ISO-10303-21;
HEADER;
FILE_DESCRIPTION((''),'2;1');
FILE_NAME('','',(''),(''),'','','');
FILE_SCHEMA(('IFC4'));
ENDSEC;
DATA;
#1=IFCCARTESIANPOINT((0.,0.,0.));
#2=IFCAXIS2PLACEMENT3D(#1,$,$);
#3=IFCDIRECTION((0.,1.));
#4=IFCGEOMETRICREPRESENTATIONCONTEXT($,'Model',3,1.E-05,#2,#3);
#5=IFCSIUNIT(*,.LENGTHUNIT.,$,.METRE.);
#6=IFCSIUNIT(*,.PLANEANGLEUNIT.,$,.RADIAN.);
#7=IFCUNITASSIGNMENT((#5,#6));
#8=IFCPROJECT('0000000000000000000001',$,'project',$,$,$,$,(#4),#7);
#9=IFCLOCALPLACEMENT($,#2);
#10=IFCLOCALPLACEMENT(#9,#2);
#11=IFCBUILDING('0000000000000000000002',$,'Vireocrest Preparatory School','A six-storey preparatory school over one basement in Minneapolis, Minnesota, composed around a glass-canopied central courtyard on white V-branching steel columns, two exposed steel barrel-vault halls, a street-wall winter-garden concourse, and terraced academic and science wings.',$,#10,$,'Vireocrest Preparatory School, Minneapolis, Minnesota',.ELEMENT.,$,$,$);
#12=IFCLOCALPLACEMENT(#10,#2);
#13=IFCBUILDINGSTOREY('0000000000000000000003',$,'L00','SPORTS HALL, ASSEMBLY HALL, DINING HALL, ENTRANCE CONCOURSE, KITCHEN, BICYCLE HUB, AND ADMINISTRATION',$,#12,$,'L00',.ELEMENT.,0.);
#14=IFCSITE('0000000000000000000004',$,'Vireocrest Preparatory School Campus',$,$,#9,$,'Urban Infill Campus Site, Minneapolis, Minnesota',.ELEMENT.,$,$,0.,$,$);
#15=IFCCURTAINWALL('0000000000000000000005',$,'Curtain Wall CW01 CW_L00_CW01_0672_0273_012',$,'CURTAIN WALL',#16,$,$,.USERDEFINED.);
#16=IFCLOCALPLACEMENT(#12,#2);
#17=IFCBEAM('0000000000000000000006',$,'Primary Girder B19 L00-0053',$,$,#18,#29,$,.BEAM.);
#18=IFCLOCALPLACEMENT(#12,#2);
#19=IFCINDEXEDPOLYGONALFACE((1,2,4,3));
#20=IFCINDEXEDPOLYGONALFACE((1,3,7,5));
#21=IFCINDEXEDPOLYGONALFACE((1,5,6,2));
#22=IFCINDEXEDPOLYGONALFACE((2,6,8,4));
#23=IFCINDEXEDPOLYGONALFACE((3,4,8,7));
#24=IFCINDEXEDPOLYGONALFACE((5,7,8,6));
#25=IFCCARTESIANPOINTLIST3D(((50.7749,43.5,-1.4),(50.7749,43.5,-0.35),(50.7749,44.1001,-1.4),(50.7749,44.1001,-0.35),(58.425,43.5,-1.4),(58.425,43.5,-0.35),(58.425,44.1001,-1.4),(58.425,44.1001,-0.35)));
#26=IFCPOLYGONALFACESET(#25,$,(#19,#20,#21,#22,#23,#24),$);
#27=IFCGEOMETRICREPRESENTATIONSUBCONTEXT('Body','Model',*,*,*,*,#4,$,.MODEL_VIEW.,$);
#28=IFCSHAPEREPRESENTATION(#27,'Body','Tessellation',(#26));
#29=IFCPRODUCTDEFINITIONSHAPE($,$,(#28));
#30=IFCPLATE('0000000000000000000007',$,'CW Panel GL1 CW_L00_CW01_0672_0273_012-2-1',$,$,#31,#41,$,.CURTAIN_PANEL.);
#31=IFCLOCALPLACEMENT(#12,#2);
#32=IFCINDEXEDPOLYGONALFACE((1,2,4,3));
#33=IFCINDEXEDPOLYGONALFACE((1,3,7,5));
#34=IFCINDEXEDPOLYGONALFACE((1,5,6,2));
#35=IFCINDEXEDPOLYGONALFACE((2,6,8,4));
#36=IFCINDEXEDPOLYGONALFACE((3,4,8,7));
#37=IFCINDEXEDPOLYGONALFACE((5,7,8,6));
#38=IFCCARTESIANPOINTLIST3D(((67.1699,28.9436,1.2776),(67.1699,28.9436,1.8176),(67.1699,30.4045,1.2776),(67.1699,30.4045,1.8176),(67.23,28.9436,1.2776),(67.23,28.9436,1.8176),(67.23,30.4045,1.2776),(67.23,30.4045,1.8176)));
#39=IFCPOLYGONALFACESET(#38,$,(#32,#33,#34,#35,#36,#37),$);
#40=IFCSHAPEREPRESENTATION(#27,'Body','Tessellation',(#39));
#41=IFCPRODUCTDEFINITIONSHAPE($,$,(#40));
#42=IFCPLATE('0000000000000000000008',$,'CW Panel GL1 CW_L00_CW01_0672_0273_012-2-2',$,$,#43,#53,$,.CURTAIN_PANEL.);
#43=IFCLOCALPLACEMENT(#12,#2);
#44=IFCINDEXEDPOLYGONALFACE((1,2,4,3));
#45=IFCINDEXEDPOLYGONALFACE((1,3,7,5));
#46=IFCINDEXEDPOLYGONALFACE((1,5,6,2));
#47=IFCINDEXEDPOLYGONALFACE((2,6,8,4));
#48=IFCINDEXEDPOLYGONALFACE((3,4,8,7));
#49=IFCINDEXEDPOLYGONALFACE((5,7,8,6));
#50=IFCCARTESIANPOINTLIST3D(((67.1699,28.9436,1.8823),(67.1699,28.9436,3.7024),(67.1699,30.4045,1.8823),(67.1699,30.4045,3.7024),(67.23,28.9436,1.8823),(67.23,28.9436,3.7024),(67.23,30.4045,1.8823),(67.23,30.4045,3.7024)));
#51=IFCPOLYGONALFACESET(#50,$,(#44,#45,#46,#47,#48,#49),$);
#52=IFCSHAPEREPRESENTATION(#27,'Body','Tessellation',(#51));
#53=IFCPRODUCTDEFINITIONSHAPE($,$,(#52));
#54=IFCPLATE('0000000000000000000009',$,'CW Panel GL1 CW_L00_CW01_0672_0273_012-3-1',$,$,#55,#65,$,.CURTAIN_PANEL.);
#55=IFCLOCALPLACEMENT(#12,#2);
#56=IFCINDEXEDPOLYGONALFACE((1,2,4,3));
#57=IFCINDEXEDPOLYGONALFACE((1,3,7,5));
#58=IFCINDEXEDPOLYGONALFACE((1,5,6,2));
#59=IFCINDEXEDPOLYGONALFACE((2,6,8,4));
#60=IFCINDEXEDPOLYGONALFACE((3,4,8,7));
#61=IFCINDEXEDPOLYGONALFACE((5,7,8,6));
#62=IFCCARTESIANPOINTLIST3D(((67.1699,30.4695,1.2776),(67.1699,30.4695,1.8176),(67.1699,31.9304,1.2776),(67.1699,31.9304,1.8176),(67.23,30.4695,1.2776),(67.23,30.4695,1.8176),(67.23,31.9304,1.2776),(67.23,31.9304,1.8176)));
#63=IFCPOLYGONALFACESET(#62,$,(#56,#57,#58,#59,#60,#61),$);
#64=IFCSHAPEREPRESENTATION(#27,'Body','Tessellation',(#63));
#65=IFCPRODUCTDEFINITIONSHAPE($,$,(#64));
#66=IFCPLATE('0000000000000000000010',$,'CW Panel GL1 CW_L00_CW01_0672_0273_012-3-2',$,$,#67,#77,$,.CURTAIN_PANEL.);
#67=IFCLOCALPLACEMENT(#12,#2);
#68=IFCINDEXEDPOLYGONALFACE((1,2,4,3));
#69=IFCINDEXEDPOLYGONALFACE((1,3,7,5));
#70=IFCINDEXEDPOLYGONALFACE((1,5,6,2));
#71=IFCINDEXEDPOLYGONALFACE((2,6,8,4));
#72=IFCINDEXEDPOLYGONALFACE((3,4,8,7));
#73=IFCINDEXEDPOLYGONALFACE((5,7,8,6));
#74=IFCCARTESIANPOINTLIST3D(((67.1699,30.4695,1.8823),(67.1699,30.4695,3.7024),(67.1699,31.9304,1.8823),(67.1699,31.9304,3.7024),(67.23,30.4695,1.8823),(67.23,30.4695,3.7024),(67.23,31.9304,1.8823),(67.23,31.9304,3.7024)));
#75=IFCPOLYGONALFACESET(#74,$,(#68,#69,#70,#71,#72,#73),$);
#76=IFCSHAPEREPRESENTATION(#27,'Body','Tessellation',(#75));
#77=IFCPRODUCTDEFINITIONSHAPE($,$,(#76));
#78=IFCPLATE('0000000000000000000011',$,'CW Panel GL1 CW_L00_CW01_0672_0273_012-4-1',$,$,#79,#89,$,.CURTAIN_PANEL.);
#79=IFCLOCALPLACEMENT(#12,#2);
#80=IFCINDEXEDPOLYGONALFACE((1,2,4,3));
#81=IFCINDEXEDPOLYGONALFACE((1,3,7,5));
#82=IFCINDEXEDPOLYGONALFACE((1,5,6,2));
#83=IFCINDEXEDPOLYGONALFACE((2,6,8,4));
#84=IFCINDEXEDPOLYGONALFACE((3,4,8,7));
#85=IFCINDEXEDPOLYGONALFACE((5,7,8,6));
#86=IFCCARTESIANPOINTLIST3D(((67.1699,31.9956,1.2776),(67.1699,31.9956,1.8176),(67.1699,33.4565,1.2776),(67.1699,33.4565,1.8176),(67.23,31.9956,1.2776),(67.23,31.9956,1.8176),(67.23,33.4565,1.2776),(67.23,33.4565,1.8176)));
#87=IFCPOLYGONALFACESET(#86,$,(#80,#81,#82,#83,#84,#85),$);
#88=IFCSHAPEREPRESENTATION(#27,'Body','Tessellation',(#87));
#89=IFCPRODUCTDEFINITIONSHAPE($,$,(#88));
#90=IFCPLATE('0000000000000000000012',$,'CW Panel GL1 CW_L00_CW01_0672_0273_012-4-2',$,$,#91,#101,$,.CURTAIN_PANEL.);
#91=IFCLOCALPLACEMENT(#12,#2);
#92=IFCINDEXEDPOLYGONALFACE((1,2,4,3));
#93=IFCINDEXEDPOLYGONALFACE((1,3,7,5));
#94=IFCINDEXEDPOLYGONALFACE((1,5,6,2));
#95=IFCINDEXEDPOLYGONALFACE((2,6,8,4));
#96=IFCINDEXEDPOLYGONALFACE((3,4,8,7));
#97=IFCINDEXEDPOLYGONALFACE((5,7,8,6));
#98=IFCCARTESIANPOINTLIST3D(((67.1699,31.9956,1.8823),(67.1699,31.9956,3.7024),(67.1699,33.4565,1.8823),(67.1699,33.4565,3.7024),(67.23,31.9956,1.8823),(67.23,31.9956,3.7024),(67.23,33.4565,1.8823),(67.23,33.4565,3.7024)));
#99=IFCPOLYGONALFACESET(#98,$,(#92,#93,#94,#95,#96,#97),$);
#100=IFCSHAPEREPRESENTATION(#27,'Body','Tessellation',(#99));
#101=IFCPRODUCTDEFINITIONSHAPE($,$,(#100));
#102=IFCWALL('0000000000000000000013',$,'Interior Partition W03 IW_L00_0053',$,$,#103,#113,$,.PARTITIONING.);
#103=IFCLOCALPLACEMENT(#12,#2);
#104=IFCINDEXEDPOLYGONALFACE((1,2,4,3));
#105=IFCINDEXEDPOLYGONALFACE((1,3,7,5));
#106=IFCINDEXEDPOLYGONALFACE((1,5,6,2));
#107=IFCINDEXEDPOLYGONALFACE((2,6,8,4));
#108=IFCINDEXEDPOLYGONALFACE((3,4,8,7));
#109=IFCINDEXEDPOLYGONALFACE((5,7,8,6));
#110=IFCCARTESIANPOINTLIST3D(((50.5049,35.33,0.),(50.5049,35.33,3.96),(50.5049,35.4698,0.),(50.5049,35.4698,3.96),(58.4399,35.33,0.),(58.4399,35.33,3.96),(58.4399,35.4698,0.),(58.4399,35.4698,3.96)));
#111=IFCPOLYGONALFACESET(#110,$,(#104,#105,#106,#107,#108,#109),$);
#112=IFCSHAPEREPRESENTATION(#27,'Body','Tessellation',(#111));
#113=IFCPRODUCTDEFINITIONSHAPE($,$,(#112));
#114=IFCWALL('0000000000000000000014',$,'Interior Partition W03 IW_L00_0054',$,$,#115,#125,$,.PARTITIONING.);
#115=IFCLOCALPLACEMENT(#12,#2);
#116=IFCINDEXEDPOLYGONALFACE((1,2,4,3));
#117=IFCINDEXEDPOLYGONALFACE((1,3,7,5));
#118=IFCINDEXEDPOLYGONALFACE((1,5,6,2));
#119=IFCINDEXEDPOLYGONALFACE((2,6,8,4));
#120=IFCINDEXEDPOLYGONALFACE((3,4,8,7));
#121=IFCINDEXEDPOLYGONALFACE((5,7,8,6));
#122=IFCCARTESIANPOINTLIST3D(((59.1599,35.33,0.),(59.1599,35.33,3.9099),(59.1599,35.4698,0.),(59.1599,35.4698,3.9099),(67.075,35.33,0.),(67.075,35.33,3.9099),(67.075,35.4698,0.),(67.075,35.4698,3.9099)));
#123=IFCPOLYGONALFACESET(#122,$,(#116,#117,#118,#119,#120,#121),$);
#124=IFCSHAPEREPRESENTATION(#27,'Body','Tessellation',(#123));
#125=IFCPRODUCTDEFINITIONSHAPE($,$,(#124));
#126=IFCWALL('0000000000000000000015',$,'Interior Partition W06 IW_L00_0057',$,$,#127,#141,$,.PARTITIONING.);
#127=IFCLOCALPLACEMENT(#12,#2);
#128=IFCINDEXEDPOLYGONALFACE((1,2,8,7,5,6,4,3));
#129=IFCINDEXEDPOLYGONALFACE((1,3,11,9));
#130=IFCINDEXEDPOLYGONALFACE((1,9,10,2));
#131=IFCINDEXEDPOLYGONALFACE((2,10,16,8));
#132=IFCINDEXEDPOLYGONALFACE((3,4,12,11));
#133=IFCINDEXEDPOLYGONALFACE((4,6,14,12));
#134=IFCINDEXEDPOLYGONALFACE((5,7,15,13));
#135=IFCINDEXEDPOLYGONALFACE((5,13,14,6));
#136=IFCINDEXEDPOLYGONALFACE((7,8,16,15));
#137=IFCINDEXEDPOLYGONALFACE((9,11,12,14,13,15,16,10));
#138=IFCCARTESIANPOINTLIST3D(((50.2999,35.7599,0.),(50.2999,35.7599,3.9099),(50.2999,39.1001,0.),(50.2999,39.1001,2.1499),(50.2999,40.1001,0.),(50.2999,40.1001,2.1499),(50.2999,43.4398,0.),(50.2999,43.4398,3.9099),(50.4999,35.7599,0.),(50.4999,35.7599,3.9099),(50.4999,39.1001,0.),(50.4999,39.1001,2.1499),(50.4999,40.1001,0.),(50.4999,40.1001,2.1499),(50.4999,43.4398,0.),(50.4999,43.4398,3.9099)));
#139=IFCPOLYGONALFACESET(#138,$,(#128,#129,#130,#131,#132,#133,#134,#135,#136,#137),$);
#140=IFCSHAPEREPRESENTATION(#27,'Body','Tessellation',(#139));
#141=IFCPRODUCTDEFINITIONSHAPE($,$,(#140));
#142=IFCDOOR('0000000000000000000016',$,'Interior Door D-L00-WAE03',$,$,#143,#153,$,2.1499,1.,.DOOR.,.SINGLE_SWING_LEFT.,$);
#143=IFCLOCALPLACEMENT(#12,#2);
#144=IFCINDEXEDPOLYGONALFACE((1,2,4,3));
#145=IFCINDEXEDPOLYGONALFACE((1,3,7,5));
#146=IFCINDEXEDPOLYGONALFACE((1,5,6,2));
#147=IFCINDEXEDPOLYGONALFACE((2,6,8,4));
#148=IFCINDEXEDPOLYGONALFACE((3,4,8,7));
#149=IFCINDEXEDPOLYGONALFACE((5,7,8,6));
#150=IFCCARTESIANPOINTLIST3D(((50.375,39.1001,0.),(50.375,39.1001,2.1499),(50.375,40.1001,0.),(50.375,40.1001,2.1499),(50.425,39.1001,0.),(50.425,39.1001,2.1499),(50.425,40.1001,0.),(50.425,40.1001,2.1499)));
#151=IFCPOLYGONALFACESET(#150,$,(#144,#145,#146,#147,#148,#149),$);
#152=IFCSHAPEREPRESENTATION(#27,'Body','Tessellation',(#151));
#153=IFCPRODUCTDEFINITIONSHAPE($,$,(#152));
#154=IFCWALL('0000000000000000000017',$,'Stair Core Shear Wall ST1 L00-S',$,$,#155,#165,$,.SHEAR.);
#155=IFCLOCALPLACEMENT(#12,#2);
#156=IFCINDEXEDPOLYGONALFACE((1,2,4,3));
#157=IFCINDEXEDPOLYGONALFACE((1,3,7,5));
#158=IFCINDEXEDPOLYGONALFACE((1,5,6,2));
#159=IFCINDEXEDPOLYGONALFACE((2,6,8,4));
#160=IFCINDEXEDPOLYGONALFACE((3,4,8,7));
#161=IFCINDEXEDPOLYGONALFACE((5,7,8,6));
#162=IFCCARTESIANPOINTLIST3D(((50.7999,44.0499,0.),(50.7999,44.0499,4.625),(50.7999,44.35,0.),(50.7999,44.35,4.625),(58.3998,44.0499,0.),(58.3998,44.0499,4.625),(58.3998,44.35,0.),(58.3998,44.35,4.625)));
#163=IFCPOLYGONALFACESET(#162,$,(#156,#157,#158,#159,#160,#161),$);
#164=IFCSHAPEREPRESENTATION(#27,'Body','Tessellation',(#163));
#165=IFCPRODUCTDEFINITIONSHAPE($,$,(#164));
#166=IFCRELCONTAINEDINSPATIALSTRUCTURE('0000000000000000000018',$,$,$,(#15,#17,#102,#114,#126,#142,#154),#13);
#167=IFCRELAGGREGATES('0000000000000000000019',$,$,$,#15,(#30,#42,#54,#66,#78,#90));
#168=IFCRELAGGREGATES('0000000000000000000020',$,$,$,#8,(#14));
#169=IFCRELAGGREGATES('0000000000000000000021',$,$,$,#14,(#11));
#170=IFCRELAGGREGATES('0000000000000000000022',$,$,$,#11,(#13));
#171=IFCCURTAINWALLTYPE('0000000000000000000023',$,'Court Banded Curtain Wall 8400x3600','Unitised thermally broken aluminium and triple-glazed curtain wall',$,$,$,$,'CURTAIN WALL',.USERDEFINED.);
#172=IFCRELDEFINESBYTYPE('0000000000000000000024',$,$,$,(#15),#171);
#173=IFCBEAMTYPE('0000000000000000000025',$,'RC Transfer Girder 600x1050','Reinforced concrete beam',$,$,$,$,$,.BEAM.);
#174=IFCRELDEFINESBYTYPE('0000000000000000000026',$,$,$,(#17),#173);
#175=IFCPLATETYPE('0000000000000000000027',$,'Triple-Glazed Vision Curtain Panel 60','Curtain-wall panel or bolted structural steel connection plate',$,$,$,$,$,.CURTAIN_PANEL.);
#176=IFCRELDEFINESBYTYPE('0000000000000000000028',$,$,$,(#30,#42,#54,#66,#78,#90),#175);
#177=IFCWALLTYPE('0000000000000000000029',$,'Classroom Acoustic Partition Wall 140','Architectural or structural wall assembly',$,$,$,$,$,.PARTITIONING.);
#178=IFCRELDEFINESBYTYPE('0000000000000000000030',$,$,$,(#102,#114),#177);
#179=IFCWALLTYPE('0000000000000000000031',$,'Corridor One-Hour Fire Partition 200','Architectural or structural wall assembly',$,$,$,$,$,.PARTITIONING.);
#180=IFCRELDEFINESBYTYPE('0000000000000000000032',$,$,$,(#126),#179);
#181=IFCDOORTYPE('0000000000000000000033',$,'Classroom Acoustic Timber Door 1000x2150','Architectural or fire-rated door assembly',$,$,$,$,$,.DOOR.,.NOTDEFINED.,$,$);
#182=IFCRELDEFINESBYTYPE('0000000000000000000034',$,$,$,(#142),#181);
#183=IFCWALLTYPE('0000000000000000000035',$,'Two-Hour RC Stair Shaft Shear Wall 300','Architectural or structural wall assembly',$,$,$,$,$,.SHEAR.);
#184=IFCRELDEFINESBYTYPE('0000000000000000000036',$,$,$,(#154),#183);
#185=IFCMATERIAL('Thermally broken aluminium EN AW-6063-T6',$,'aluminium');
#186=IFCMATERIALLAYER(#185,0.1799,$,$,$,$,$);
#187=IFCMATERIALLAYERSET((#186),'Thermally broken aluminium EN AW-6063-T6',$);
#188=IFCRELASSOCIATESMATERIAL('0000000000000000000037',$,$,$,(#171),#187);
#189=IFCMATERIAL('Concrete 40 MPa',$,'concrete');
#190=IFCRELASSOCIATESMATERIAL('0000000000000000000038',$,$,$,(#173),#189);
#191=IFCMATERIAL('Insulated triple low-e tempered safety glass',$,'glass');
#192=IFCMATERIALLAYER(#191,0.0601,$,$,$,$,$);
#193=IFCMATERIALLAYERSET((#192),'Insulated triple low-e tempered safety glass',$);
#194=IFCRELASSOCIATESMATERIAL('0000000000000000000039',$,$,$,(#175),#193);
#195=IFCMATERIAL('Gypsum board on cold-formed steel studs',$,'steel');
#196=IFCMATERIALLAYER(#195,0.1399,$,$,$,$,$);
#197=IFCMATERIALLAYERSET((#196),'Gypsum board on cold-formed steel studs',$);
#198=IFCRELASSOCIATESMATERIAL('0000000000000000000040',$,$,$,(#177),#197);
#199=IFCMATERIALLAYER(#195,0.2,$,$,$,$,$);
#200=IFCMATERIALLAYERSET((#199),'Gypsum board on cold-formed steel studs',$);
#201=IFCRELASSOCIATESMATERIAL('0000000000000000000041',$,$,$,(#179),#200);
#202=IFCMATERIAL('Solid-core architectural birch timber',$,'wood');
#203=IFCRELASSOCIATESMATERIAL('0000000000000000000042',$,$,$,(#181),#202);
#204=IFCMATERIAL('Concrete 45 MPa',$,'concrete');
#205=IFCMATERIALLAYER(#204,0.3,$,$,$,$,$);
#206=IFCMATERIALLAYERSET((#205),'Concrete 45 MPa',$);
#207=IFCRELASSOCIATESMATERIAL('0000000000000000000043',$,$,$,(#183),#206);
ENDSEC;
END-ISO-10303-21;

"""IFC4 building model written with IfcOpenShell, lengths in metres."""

from ifc_helpers import new_model, si_unit, direction, frame, frame_2d, origin, origin_2d, place, context, subcontext, project, spatial, rectangle, extrude, material, layer, layer_set, material_profile, profile_set, type_object, element, fill, aggregate, save


model = new_model("IFC4")

# Units and contexts
model_context = context("Model", 3, precision=1e-05, world=origin(), true_north=direction((0.0, 1.0)))
body_context = subcontext(model_context, "Body", "Model", "MODEL_VIEW")
ifc_project = project(units=[si_unit("LENGTHUNIT", "METRE"), si_unit("PLANEANGLEUNIT", "RADIAN")], contexts=[model_context])

# Site, building, storey
site_placement = place(None, origin())
site = spatial("IfcSite", under=ifc_project, at=site_placement, Name="Vireocrest Preparatory School Campus", LongName="Urban Infill Campus Site, Minneapolis, Minnesota", CompositionType="ELEMENT", RefElevation=0.0)
building_placement = place(site_placement, origin())
building = spatial("IfcBuilding", under=site, at=building_placement, Name="Vireocrest Preparatory School", Description="A six-storey preparatory school over one basement in Minneapolis, Minnesota, composed around a glass-canopied central courtyard on white V-branching steel columns, two exposed steel barrel-vault halls, a street-wall winter-garden concourse, and terraced academic and science wings.", LongName="Vireocrest Preparatory School, Minneapolis, Minnesota", CompositionType="ELEMENT")
storey_placement = place(building_placement, origin())
storey = spatial("IfcBuildingStorey", under=building, at=storey_placement, Name="L00", Description="SPORTS HALL, ASSEMBLY HALL, DINING HALL, ENTRANCE CONCOURSE, KITCHEN, BICYCLE HUB, AND ADMINISTRATION", LongName="L00", CompositionType="ELEMENT", Elevation=0.0)

# Shared definitions
ifc_material_1 = material(Name="Concrete 45 MPa", Category="concrete")

# Curtain wall
ifc_material_2 = material(Name="Thermally broken aluminium EN AW-6063-T6", Category="aluminium")
ifc_layer_1 = layer(ifc_material_2, 0.1799)
ifc_layer_set_1 = layer_set([ifc_layer_1], Name="Thermally broken aluminium EN AW-6063-T6")
curtain_wall_type = type_object("IfcCurtainWallType", Name="Court Banded Curtain Wall 8400x3600", Description="Unitised thermally broken aluminium and triple-glazed curtain wall", ElementType="CURTAIN WALL", PredefinedType="USERDEFINED", material=ifc_layer_set_1)
curtain_wall_placement = place(storey_placement, origin())
curtain_wall = element("IfcCurtainWall", 1, at=curtain_wall_placement, inside=storey, type_object=curtain_wall_type, Name="Curtain Wall CW01 CW_L00_CW01_0672_0273_012", ObjectType="CURTAIN WALL", PredefinedType="USERDEFINED")

# Beam
ifc_material_3 = material(Name="Concrete 40 MPa", Category="concrete")
ifc_material_profile_1 = material_profile(ifc_material_3, rectangle(XDim=0.6001, YDim=1.05, at=origin_2d()), Name="RC 600x1050")
ifc_profile_set_1 = profile_set([ifc_material_profile_1], Name="Concrete 40 MPa")
beam_type_1 = type_object("IfcBeamType", Name="RC Transfer Girder 600x1050", Description="Reinforced concrete beam", PredefinedType="BEAM", material=ifc_profile_set_1)
beam_1_placement = place(storey_placement, frame((50.7749, 43.8, -0.875), z_axis=(1.0, 0.0, 0.0), x_axis=(0.0, 1.0, 0.0)))
element("IfcBeam", 2, at=beam_1_placement, inside=storey, type_object=beam_type_1, Name="Primary Girder B19 L00-0053", PredefinedType="BEAM", context=body_context, shape_type="SweptSolid", body=[
    extrude(rectangle(XDim=0.6001, YDim=1.05, at=origin_2d()), origin(), (0.0, 0.0, 1.0), 7.6501),
])

# Plates
ifc_material_4 = material(Name="Insulated triple low-e tempered safety glass", Category="glass")
ifc_layer_2 = layer(ifc_material_4, 0.0601)
ifc_layer_set_2 = layer_set([ifc_layer_2], Name="Insulated triple low-e tempered safety glass")
plate_type = type_object("IfcPlateType", Name="Triple-Glazed Vision Curtain Panel 60", Description="Curtain-wall panel or bolted structural steel connection plate", PredefinedType="CURTAIN_PANEL", material=ifc_layer_set_2)
plate_1_placement = place(storey_placement, frame((67.2, 29.6741, 1.2776), z_axis=(0.0, 0.0, 1.0), x_axis=(0.0, 1.0, 0.0)))
plate_1 = element("IfcPlate", 3, at=plate_1_placement, type_object=plate_type, Name="CW Panel GL1 CW_L00_CW01_0672_0273_012-2-1", PredefinedType="CURTAIN_PANEL", context=body_context, shape_type="SweptSolid", body=[
    extrude(rectangle(XDim=1.4609, YDim=0.0601, at=origin_2d()), origin(), (0.0, 0.0, 1.0), 0.54),
])
plate_2_placement = place(storey_placement, frame((67.2, 29.6741, 1.8823), z_axis=(0.0, 0.0, 1.0), x_axis=(0.0, 1.0, 0.0)))
plate_2 = element("IfcPlate", 4, at=plate_2_placement, type_object=plate_type, Name="CW Panel GL1 CW_L00_CW01_0672_0273_012-2-2", PredefinedType="CURTAIN_PANEL", context=body_context, shape_type="SweptSolid", body=[
    extrude(rectangle(XDim=1.4609, YDim=0.0601, at=origin_2d()), origin(), (0.0, 0.0, 1.0), 1.8201),
])
plate_3_placement = place(storey_placement, frame((67.2, 31.2, 1.2776), z_axis=(0.0, 0.0, 1.0), x_axis=(0.0, 1.0, 0.0)))
plate_3 = element("IfcPlate", 5, at=plate_3_placement, type_object=plate_type, Name="CW Panel GL1 CW_L00_CW01_0672_0273_012-3-1", PredefinedType="CURTAIN_PANEL", context=body_context, shape_type="SweptSolid", body=[
    extrude(rectangle(XDim=1.4609, YDim=0.0601, at=origin_2d()), origin(), (0.0, 0.0, 1.0), 0.54),
])
plate_4_placement = place(storey_placement, frame((67.2, 31.2, 1.8823), z_axis=(0.0, 0.0, 1.0), x_axis=(0.0, 1.0, 0.0)))
plate_4 = element("IfcPlate", 6, at=plate_4_placement, type_object=plate_type, Name="CW Panel GL1 CW_L00_CW01_0672_0273_012-3-2", PredefinedType="CURTAIN_PANEL", context=body_context, shape_type="SweptSolid", body=[
    extrude(rectangle(XDim=1.4609, YDim=0.0601, at=origin_2d()), origin(), (0.0, 0.0, 1.0), 1.8201),
])
plate_5_placement = place(storey_placement, frame((67.2, 32.7261, 1.2776), z_axis=(0.0, 0.0, 1.0), x_axis=(0.0, 1.0, 0.0)))
plate_5 = element("IfcPlate", 7, at=plate_5_placement, type_object=plate_type, Name="CW Panel GL1 CW_L00_CW01_0672_0273_012-4-1", PredefinedType="CURTAIN_PANEL", context=body_context, shape_type="SweptSolid", body=[
    extrude(rectangle(XDim=1.4609, YDim=0.0601, at=origin_2d()), origin(), (0.0, 0.0, 1.0), 0.54),
])
plate_6_placement = place(storey_placement, frame((67.2, 32.7261, 1.8823), z_axis=(0.0, 0.0, 1.0), x_axis=(0.0, 1.0, 0.0)))
plate_6 = element("IfcPlate", 8, at=plate_6_placement, type_object=plate_type, Name="CW Panel GL1 CW_L00_CW01_0672_0273_012-4-2", PredefinedType="CURTAIN_PANEL", context=body_context, shape_type="SweptSolid", body=[
    extrude(rectangle(XDim=1.4609, YDim=0.0601, at=origin_2d()), origin(), (0.0, 0.0, 1.0), 1.8201),
])
aggregate(curtain_wall, [plate_1, plate_2, plate_3, plate_4, plate_5, plate_6])

# Walls
ifc_material_5 = material(Name="Gypsum board on cold-formed steel studs", Category="steel")
ifc_layer_3 = layer(ifc_material_5, 0.1399)
ifc_layer_set_3 = layer_set([ifc_layer_3], Name="Gypsum board on cold-formed steel studs")
wall_type_1 = type_object("IfcWallType", Name="Classroom Acoustic Partition Wall 140", Description="Architectural or structural wall assembly", PredefinedType="PARTITIONING", material=ifc_layer_set_3)
wall_1_placement = place(storey_placement, frame((50.5049, 35.3999, 0.0), z_axis=(0.0, 0.0, 1.0), x_axis=(1.0, 0.0, 0.0)))
element("IfcWall", 9, at=wall_1_placement, inside=storey, type_object=wall_type_1, Name="Interior Partition W03 IW_L00_0053", PredefinedType="PARTITIONING", context=body_context, shape_type="SweptSolid", body=[
    extrude(rectangle(XDim=7.9351, YDim=0.1399, at=frame_2d((3.9675, 0.0))), origin(), (0.0, 0.0, 1.0), 3.96),
])
wall_2_placement = place(storey_placement, frame((59.1599, 35.3999, 0.0), z_axis=(0.0, 0.0, 1.0), x_axis=(1.0, 0.0, 0.0)))
element("IfcWall", 10, at=wall_2_placement, inside=storey, type_object=wall_type_1, Name="Interior Partition W03 IW_L00_0054", PredefinedType="PARTITIONING", context=body_context, shape_type="SweptSolid", body=[
    extrude(rectangle(XDim=7.915, YDim=0.1399, at=frame_2d((3.9575, 0.0))), origin(), (0.0, 0.0, 1.0), 3.9099),
])

# Wall, opening, door
ifc_layer_4 = layer(ifc_material_5, 0.2)
ifc_layer_set_4 = layer_set([ifc_layer_4], Name="Gypsum board on cold-formed steel studs")
wall_type_2 = type_object("IfcWallType", Name="Corridor One-Hour Fire Partition 200", Description="Architectural or structural wall assembly", PredefinedType="PARTITIONING", material=ifc_layer_set_4)
wall_3_placement = place(storey_placement, frame((50.3999, 35.76, 0.0), z_axis=(0.0, 0.0, 1.0), x_axis=(0.0, 1.0, 0.0)))
wall_3 = element("IfcWall", 11, at=wall_3_placement, inside=storey, type_object=wall_type_2, Name="Interior Partition W06 IW_L00_0057", PredefinedType="PARTITIONING", context=body_context, shape_type="SweptSolid", body=[
    extrude(rectangle(XDim=7.6799, YDim=0.2, at=frame_2d((3.8398, 0.0))), origin(), (0.0, 0.0, 1.0), 3.9099),
])
opening_placement = place(wall_3_placement, frame((3.3401, 0.0, 0.0)))
opening = element("IfcOpeningElement", 12, at=opening_placement, cuts=wall_3, PredefinedType="OPENING", context=body_context, shape_type="SweptSolid", body=[
    extrude(rectangle(XDim=1.0, YDim=2.1499, at=frame_2d((0.5, 1.075))), frame((0.0, 0.1099, 0.0), z_axis=(0.0, -1.0, 0.0), x_axis=(1.0, 0.0, 0.0)), (0.0, 0.0, 1.0), 0.22),
])
ifc_material_6 = material(Name="Solid-core architectural birch timber", Category="wood")
door_type = type_object("IfcDoorType", Name="Classroom Acoustic Timber Door 1000x2150", Description="Architectural or fire-rated door assembly", OperationType="NOTDEFINED", PredefinedType="DOOR", material=ifc_material_6)
door_placement = place(opening_placement, origin())
door = element("IfcDoor", 13, at=door_placement, inside=storey, type_object=door_type, Name="Interior Door D-L00-WAE03", OperationType="SINGLE_SWING_LEFT", OverallHeight=2.1499, OverallWidth=1.0, PredefinedType="DOOR", context=body_context, shape_type="SweptSolid", body=[
    extrude(rectangle(XDim=1.0, YDim=2.1499, at=frame_2d((0.5, 1.075))), frame((0.0, 0.0249, 0.0), z_axis=(0.0, -1.0, 0.0), x_axis=(1.0, 0.0, 0.0)), (0.0, 0.0, 1.0), 0.05),
])
fill(opening, door)

# Wall
ifc_layer_5 = layer(ifc_material_1, 0.3)
ifc_layer_set_5 = layer_set([ifc_layer_5], Name="Concrete 45 MPa")
wall_type_3 = type_object("IfcWallType", Name="Two-Hour RC Stair Shaft Shear Wall 300", Description="Architectural or structural wall assembly", PredefinedType="SHEAR", material=ifc_layer_set_5)
wall_4_placement = place(storey_placement, frame((50.8, 44.2, 0.0), z_axis=(0.0, 0.0, 1.0), x_axis=(1.0, 0.0, 0.0)))
element("IfcWall", 14, at=wall_4_placement, inside=storey, type_object=wall_type_3, Name="Stair Core Shear Wall ST1 L00-S", PredefinedType="SHEAR", context=body_context, shape_type="SweptSolid", body=[
    extrude(rectangle(XDim=7.5999, YDim=0.3, at=frame_2d((3.7998, 0.0))), origin(), (0.0, 0.0, 1.0), 4.625),
])

save(model, "model.ifc")
